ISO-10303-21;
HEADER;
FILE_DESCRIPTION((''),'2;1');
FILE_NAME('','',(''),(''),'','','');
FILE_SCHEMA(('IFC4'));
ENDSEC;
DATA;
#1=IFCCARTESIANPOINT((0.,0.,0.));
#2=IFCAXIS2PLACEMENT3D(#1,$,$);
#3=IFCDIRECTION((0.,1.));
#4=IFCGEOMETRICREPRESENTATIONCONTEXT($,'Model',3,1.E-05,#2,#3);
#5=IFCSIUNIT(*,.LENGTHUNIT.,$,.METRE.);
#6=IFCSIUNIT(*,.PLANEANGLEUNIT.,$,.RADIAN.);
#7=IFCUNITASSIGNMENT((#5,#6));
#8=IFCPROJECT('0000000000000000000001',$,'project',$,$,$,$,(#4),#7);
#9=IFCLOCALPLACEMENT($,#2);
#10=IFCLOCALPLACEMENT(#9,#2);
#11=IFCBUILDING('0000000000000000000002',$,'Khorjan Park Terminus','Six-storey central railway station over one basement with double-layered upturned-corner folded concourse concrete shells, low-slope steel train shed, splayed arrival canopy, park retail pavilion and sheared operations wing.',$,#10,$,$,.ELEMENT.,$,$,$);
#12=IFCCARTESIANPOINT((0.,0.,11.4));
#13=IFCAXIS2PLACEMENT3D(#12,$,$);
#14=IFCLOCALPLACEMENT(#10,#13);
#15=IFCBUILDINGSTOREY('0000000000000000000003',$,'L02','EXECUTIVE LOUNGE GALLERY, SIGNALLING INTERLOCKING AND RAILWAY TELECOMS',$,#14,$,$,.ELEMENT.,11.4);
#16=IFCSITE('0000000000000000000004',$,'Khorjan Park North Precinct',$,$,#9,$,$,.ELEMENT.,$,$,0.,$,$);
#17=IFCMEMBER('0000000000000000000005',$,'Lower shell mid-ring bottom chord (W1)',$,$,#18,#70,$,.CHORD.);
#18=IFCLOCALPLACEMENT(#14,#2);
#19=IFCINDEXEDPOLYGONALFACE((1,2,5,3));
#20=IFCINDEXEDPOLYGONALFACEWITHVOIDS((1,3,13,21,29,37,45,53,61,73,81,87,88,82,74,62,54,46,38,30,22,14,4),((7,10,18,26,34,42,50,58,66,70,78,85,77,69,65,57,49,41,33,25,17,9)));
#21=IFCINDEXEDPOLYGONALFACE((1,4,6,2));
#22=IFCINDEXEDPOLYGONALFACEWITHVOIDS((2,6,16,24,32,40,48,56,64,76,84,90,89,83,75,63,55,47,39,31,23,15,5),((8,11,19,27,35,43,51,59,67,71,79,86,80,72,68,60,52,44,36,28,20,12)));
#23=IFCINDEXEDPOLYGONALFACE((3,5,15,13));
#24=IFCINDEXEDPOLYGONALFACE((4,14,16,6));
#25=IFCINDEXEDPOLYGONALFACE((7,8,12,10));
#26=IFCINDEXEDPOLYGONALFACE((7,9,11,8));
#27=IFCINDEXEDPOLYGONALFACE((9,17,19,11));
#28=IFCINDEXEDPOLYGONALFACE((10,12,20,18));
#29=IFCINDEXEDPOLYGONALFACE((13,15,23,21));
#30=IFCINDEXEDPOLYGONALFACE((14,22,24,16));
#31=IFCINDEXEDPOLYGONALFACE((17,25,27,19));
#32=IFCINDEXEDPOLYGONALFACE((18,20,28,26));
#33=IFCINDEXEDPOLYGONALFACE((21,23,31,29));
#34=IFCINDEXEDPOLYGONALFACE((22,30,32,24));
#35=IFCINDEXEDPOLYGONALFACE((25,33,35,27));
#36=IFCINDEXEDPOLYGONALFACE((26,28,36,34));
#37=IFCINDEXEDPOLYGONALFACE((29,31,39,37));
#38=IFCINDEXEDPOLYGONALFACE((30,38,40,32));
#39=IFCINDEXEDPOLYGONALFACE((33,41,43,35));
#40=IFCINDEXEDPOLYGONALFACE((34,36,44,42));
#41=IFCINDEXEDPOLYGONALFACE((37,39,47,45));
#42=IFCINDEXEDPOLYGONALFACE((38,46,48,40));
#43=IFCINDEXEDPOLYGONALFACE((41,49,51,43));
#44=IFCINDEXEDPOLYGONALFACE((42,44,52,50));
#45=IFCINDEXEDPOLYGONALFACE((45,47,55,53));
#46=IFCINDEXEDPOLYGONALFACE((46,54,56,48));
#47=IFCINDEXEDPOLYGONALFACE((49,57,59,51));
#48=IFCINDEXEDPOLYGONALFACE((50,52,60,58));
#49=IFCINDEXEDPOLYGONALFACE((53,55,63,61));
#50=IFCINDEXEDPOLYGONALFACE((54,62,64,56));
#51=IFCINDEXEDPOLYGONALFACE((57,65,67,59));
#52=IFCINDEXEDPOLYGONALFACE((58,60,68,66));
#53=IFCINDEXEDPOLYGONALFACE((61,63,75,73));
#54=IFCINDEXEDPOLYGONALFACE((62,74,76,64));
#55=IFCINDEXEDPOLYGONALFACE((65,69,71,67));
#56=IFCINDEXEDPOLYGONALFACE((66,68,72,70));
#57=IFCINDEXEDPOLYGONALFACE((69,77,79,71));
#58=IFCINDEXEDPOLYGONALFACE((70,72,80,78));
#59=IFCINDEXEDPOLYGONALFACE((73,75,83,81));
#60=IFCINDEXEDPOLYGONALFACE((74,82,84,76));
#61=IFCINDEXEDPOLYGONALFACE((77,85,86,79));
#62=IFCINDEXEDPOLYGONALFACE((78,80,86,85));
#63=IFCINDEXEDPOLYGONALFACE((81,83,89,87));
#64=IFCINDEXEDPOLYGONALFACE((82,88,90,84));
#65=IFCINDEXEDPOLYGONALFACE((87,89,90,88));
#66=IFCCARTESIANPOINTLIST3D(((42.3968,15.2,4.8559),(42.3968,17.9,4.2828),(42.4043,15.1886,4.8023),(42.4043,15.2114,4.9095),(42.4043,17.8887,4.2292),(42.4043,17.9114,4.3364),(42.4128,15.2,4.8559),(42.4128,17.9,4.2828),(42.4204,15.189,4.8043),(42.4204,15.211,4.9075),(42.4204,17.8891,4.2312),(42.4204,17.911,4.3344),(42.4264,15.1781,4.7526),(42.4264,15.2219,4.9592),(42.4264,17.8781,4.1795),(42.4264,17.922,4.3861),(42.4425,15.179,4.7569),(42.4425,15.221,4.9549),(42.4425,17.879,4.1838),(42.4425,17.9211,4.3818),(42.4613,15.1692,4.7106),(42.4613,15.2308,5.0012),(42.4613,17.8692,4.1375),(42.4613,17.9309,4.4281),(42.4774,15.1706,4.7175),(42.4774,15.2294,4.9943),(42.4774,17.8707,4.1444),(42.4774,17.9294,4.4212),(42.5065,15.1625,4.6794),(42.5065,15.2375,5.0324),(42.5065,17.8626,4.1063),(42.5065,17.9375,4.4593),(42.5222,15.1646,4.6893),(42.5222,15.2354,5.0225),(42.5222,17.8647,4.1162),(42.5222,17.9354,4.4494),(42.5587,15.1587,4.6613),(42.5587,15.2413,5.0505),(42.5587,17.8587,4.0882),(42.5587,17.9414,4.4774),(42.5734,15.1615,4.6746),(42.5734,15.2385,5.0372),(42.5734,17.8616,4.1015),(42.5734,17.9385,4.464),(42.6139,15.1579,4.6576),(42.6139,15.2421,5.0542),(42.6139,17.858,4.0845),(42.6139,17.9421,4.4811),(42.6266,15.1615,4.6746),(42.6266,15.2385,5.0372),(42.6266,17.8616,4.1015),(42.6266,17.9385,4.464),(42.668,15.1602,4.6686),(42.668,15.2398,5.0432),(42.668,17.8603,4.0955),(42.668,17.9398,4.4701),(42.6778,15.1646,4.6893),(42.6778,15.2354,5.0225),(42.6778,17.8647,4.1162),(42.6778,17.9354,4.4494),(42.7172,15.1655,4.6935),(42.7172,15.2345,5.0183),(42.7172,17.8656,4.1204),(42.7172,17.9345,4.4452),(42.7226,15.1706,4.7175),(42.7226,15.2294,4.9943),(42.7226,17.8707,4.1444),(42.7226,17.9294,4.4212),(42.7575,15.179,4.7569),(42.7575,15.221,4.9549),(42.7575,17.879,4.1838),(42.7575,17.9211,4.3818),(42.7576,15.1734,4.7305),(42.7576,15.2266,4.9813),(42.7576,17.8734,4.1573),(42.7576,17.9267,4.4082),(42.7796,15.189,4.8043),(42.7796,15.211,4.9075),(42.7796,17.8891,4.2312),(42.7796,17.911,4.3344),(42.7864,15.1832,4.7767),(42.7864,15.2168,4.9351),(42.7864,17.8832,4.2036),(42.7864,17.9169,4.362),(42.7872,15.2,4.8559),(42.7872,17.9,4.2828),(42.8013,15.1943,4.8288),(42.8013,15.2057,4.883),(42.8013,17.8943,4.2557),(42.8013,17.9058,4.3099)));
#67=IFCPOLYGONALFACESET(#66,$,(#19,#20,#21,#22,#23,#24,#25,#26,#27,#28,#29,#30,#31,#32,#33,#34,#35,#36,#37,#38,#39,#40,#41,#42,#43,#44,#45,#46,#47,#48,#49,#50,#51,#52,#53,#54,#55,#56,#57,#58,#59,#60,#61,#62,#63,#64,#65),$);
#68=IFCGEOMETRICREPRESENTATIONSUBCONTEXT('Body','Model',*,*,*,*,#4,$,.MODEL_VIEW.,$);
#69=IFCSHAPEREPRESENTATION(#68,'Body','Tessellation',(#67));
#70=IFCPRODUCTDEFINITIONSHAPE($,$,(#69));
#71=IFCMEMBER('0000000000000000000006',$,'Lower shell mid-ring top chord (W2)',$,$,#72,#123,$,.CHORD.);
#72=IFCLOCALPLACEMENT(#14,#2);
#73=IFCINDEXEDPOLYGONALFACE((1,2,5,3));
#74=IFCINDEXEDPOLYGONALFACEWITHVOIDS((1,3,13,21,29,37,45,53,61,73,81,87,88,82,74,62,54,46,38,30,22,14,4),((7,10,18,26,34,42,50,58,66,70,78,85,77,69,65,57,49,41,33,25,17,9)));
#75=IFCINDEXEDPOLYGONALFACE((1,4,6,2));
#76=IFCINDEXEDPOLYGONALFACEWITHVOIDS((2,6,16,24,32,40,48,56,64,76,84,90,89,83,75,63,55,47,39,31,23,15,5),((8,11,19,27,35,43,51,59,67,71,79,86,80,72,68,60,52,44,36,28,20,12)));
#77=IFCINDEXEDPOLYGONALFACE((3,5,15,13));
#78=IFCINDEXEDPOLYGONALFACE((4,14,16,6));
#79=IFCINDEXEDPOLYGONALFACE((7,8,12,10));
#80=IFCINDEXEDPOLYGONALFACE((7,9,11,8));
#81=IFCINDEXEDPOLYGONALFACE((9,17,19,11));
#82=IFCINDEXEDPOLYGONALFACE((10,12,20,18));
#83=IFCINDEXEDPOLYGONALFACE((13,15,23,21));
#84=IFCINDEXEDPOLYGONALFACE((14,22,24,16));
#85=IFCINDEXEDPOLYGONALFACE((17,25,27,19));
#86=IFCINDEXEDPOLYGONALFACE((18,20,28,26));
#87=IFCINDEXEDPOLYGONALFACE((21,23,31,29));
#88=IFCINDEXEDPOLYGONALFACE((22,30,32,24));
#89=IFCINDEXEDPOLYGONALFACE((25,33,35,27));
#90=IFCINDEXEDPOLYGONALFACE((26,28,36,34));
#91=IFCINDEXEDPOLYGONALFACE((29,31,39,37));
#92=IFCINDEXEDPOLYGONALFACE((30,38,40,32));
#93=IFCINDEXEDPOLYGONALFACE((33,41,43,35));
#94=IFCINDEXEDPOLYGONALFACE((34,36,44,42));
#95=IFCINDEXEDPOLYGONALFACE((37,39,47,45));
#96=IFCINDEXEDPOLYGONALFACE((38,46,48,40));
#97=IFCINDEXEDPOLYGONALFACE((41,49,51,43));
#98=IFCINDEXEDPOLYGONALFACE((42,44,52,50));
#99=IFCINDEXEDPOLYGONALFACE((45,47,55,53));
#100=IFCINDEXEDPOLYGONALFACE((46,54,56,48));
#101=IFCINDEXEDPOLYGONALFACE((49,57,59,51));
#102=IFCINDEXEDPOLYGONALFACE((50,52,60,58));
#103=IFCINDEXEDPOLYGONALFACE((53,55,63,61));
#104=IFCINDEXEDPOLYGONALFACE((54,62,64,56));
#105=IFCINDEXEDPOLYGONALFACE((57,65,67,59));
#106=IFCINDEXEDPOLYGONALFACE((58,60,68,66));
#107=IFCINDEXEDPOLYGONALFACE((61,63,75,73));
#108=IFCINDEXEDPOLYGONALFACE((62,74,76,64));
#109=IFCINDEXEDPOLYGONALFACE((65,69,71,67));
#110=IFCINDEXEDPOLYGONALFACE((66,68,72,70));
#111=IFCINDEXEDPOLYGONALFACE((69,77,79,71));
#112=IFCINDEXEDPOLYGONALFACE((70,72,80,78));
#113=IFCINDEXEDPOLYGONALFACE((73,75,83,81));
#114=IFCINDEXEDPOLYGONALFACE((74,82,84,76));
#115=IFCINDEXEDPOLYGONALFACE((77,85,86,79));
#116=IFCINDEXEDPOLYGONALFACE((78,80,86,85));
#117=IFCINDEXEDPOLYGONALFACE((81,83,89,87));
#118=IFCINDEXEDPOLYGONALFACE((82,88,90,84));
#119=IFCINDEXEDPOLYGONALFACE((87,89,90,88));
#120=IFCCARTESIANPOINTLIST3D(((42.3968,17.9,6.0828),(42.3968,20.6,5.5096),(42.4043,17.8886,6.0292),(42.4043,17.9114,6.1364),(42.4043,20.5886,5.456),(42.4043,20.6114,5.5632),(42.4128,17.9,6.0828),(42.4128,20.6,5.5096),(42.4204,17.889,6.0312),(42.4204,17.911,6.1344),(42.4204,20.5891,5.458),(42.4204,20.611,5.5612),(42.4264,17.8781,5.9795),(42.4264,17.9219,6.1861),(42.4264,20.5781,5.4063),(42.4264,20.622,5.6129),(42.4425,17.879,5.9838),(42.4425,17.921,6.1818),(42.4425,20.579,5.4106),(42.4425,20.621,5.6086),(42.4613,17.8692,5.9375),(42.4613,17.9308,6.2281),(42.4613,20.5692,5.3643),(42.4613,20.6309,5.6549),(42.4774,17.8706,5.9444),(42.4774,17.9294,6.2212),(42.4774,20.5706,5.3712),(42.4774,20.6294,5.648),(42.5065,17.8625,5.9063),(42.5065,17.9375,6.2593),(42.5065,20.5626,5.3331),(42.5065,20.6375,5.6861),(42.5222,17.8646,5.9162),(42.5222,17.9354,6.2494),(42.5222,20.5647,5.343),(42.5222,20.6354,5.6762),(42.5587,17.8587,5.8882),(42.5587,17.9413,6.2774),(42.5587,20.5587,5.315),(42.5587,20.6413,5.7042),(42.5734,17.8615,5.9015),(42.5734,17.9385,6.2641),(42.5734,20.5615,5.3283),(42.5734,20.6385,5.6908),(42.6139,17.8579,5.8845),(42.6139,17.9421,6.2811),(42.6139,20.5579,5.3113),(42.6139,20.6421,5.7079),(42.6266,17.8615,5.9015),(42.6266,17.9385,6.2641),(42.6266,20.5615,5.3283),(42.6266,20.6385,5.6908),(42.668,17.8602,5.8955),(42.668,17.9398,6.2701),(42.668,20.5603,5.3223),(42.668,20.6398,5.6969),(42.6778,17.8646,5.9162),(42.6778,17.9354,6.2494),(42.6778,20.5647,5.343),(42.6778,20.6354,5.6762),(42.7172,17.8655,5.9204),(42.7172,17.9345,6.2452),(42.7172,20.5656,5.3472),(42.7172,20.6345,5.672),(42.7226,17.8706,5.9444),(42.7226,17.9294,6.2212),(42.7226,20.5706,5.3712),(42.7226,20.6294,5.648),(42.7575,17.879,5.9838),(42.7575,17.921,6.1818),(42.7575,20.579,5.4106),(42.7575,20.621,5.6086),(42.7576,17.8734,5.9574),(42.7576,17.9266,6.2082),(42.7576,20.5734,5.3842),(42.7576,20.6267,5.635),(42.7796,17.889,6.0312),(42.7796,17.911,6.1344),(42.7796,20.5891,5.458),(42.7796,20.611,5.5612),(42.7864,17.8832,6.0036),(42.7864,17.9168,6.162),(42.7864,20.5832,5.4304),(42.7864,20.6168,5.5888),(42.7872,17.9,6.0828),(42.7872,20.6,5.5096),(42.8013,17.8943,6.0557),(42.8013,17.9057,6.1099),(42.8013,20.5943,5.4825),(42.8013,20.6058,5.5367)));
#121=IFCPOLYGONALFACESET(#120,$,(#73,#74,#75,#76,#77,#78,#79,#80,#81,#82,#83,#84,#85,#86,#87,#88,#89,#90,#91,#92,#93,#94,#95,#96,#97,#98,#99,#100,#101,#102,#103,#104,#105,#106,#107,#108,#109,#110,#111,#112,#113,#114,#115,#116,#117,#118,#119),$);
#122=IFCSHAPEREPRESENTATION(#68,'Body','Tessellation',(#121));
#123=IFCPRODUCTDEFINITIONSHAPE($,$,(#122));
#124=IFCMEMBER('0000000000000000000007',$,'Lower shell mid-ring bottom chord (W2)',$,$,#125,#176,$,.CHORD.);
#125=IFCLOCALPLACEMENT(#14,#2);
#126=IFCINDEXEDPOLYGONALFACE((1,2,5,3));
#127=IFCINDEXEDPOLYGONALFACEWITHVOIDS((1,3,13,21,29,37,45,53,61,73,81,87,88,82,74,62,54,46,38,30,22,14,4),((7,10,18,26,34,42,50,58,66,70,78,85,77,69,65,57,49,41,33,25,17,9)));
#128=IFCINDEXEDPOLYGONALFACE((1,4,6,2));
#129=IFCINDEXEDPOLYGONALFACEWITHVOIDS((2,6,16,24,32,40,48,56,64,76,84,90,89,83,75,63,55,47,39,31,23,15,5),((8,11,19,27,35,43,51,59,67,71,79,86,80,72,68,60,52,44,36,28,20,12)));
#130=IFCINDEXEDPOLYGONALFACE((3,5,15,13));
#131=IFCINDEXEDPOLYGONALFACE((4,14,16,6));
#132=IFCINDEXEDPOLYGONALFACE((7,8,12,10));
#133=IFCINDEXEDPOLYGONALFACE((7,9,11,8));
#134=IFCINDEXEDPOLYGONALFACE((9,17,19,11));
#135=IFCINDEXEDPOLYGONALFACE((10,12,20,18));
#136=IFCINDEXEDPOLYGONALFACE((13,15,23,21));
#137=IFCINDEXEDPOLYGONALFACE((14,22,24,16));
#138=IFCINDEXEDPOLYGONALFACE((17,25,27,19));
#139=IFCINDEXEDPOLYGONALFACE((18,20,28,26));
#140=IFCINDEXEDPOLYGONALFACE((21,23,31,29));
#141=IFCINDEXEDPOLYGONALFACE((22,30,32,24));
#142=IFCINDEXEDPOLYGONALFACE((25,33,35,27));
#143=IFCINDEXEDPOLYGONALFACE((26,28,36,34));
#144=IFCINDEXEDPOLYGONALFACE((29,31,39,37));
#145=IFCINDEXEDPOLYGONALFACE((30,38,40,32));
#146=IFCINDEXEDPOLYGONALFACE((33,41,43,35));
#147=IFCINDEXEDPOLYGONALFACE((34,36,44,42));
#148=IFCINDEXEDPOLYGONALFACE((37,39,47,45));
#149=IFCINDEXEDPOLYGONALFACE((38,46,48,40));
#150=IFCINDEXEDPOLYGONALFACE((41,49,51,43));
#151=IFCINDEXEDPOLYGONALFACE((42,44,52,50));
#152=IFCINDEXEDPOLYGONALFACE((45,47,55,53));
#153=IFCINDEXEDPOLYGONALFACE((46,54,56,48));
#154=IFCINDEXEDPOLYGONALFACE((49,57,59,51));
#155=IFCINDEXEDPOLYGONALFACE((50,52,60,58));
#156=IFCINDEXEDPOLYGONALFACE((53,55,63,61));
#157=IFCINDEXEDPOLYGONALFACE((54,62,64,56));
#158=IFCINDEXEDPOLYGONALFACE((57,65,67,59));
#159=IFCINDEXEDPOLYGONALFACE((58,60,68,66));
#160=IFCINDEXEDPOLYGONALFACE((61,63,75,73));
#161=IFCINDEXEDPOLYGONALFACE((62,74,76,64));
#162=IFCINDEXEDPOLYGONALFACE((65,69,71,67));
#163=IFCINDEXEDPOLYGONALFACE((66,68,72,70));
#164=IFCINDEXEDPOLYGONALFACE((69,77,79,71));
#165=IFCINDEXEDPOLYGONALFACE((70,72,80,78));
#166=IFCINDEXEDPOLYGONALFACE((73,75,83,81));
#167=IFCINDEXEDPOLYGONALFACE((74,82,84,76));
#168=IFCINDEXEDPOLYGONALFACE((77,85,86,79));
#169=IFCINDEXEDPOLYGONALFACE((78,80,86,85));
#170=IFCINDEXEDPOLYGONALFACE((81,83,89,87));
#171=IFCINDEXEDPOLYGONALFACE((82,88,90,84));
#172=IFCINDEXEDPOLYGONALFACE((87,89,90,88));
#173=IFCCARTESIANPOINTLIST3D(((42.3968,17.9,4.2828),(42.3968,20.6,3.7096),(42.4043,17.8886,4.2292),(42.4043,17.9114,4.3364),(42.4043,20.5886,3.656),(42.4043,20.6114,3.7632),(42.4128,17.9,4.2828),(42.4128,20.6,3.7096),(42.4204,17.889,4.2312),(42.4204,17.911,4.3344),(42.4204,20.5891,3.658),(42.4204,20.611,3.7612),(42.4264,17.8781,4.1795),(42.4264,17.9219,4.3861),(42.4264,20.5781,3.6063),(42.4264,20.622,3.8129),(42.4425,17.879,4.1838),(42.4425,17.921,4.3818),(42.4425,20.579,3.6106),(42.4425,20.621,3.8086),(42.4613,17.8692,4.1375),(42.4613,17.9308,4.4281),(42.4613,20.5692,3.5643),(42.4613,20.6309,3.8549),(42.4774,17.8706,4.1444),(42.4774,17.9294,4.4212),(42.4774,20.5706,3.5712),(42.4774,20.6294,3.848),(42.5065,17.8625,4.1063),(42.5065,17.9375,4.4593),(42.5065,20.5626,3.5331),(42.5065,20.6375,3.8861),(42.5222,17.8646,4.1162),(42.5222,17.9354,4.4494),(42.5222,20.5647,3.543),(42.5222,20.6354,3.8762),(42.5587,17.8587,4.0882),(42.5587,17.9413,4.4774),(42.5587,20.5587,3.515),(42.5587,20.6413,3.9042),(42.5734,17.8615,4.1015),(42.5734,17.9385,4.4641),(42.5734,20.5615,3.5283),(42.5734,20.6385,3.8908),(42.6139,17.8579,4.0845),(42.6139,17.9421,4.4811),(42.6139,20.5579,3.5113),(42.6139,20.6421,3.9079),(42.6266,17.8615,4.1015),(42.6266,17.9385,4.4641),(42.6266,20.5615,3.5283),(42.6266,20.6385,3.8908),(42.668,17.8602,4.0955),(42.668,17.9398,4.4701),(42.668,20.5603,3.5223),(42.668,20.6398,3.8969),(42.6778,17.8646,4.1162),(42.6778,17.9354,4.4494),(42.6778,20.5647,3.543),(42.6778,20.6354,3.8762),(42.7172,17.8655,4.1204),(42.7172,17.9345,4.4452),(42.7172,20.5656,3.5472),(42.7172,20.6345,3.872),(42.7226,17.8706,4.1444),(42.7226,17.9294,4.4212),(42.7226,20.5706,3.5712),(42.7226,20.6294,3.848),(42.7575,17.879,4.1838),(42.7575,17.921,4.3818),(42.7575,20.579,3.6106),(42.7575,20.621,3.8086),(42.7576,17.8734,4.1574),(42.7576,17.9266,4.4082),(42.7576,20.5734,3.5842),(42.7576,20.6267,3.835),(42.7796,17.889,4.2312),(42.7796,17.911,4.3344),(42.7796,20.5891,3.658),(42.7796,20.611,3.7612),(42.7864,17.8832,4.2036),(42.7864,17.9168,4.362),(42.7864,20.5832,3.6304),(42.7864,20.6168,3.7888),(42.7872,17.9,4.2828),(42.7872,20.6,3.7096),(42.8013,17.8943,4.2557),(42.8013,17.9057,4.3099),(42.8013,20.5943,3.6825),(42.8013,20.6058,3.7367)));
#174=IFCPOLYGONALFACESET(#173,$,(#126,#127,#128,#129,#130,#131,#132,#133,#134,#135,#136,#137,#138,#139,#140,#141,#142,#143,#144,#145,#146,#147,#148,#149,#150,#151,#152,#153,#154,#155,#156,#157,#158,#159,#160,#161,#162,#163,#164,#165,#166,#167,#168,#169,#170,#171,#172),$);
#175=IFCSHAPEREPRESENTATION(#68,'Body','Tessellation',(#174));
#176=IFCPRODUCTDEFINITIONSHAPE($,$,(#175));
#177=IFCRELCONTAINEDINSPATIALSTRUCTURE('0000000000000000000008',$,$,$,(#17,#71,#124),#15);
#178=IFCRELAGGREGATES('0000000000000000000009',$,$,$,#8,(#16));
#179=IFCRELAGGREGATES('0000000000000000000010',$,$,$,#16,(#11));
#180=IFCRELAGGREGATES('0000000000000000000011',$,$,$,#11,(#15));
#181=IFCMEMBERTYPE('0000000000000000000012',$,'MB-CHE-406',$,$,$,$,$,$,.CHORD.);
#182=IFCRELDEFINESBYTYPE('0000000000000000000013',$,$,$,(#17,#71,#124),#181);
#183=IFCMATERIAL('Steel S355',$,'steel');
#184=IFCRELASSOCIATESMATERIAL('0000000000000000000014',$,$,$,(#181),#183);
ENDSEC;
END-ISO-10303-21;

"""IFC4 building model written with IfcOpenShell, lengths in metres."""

from ifc_helpers import new_model, si_unit, direction, frame, origin, origin_2d, place, context, subcontext, project, spatial, hollow_circle, extrude, material, material_profile, profile_set, type_object, element, save


model = new_model("IFC4")

# Units and contexts
model_context = context("Model", 3, precision=1e-05, world=origin(), true_north=direction((0.0, 1.0)))
body_context = subcontext(model_context, "Body", "Model", "MODEL_VIEW")
ifc_project = project(units=[si_unit("LENGTHUNIT", "METRE"), si_unit("PLANEANGLEUNIT", "RADIAN")], contexts=[model_context])

# Site, building, storey
site_placement = place(None, origin())
site = spatial("IfcSite", under=ifc_project, at=site_placement, Name="Khorjan Park North Precinct", CompositionType="ELEMENT", RefElevation=0.0)
building_placement = place(site_placement, origin())
building = spatial("IfcBuilding", under=site, at=building_placement, Name="Khorjan Park Terminus", Description="Six-storey central railway station over one basement with double-layered upturned-corner folded concourse concrete shells, low-slope steel train shed, splayed arrival canopy, park retail pavilion and sheared operations wing.", CompositionType="ELEMENT")
storey_placement = place(building_placement, frame((0.0, 0.0, 11.4)))
storey = spatial("IfcBuildingStorey", under=building, at=storey_placement, Name="L02", Description="EXECUTIVE LOUNGE GALLERY, SIGNALLING INTERLOCKING AND RAILWAY TELECOMS", CompositionType="ELEMENT", Elevation=11.4)

# Members
ifc_material_1 = material(Name="Steel S355", Category="steel")
ifc_material_profile_1 = material_profile(ifc_material_1, hollow_circle(Radius=0.2032, WallThickness=0.016, at=origin_2d()), Name="CHS 406.4x16")
ifc_profile_set_1 = profile_set([ifc_material_profile_1], Name="Steel S355")
member_type_1 = type_object("IfcMemberType", Name="MB-CHE-406", PredefinedType="CHORD", material=ifc_profile_set_1)
for number, where, z_axis, x_axis, name in (
    (1, (42.6, 15.2, 4.8559), (0.0, 0.978207, -0.207633), (-1.0, 0.0, 0.0), "Lower shell mid-ring bottom chord (W1)"),
    (2, (42.6, 17.9, 6.0828), (0.0, 0.978199, -0.207668), (-1.0, 0.0, 0.0), "Lower shell mid-ring top chord (W2)"),
    (3, (42.6, 17.9, 4.2828), (0.0, 0.978199, -0.207668), (-1.0, 0.0, 0.0), "Lower shell mid-ring bottom chord (W2)"),
):
    element("IfcMember", number, at=place(storey_placement, frame(where, z_axis=z_axis, x_axis=x_axis)), inside=storey, type_object=member_type_1, Name=name, PredefinedType="CHORD", context=body_context, shape_type="SweptSolid", body=[
        extrude(hollow_circle(Radius=0.2032, WallThickness=0.016, at=origin_2d()), origin(), (0.0, 0.0, 1.0), 2.7602),
    ])

save(model, "model.ifc")
